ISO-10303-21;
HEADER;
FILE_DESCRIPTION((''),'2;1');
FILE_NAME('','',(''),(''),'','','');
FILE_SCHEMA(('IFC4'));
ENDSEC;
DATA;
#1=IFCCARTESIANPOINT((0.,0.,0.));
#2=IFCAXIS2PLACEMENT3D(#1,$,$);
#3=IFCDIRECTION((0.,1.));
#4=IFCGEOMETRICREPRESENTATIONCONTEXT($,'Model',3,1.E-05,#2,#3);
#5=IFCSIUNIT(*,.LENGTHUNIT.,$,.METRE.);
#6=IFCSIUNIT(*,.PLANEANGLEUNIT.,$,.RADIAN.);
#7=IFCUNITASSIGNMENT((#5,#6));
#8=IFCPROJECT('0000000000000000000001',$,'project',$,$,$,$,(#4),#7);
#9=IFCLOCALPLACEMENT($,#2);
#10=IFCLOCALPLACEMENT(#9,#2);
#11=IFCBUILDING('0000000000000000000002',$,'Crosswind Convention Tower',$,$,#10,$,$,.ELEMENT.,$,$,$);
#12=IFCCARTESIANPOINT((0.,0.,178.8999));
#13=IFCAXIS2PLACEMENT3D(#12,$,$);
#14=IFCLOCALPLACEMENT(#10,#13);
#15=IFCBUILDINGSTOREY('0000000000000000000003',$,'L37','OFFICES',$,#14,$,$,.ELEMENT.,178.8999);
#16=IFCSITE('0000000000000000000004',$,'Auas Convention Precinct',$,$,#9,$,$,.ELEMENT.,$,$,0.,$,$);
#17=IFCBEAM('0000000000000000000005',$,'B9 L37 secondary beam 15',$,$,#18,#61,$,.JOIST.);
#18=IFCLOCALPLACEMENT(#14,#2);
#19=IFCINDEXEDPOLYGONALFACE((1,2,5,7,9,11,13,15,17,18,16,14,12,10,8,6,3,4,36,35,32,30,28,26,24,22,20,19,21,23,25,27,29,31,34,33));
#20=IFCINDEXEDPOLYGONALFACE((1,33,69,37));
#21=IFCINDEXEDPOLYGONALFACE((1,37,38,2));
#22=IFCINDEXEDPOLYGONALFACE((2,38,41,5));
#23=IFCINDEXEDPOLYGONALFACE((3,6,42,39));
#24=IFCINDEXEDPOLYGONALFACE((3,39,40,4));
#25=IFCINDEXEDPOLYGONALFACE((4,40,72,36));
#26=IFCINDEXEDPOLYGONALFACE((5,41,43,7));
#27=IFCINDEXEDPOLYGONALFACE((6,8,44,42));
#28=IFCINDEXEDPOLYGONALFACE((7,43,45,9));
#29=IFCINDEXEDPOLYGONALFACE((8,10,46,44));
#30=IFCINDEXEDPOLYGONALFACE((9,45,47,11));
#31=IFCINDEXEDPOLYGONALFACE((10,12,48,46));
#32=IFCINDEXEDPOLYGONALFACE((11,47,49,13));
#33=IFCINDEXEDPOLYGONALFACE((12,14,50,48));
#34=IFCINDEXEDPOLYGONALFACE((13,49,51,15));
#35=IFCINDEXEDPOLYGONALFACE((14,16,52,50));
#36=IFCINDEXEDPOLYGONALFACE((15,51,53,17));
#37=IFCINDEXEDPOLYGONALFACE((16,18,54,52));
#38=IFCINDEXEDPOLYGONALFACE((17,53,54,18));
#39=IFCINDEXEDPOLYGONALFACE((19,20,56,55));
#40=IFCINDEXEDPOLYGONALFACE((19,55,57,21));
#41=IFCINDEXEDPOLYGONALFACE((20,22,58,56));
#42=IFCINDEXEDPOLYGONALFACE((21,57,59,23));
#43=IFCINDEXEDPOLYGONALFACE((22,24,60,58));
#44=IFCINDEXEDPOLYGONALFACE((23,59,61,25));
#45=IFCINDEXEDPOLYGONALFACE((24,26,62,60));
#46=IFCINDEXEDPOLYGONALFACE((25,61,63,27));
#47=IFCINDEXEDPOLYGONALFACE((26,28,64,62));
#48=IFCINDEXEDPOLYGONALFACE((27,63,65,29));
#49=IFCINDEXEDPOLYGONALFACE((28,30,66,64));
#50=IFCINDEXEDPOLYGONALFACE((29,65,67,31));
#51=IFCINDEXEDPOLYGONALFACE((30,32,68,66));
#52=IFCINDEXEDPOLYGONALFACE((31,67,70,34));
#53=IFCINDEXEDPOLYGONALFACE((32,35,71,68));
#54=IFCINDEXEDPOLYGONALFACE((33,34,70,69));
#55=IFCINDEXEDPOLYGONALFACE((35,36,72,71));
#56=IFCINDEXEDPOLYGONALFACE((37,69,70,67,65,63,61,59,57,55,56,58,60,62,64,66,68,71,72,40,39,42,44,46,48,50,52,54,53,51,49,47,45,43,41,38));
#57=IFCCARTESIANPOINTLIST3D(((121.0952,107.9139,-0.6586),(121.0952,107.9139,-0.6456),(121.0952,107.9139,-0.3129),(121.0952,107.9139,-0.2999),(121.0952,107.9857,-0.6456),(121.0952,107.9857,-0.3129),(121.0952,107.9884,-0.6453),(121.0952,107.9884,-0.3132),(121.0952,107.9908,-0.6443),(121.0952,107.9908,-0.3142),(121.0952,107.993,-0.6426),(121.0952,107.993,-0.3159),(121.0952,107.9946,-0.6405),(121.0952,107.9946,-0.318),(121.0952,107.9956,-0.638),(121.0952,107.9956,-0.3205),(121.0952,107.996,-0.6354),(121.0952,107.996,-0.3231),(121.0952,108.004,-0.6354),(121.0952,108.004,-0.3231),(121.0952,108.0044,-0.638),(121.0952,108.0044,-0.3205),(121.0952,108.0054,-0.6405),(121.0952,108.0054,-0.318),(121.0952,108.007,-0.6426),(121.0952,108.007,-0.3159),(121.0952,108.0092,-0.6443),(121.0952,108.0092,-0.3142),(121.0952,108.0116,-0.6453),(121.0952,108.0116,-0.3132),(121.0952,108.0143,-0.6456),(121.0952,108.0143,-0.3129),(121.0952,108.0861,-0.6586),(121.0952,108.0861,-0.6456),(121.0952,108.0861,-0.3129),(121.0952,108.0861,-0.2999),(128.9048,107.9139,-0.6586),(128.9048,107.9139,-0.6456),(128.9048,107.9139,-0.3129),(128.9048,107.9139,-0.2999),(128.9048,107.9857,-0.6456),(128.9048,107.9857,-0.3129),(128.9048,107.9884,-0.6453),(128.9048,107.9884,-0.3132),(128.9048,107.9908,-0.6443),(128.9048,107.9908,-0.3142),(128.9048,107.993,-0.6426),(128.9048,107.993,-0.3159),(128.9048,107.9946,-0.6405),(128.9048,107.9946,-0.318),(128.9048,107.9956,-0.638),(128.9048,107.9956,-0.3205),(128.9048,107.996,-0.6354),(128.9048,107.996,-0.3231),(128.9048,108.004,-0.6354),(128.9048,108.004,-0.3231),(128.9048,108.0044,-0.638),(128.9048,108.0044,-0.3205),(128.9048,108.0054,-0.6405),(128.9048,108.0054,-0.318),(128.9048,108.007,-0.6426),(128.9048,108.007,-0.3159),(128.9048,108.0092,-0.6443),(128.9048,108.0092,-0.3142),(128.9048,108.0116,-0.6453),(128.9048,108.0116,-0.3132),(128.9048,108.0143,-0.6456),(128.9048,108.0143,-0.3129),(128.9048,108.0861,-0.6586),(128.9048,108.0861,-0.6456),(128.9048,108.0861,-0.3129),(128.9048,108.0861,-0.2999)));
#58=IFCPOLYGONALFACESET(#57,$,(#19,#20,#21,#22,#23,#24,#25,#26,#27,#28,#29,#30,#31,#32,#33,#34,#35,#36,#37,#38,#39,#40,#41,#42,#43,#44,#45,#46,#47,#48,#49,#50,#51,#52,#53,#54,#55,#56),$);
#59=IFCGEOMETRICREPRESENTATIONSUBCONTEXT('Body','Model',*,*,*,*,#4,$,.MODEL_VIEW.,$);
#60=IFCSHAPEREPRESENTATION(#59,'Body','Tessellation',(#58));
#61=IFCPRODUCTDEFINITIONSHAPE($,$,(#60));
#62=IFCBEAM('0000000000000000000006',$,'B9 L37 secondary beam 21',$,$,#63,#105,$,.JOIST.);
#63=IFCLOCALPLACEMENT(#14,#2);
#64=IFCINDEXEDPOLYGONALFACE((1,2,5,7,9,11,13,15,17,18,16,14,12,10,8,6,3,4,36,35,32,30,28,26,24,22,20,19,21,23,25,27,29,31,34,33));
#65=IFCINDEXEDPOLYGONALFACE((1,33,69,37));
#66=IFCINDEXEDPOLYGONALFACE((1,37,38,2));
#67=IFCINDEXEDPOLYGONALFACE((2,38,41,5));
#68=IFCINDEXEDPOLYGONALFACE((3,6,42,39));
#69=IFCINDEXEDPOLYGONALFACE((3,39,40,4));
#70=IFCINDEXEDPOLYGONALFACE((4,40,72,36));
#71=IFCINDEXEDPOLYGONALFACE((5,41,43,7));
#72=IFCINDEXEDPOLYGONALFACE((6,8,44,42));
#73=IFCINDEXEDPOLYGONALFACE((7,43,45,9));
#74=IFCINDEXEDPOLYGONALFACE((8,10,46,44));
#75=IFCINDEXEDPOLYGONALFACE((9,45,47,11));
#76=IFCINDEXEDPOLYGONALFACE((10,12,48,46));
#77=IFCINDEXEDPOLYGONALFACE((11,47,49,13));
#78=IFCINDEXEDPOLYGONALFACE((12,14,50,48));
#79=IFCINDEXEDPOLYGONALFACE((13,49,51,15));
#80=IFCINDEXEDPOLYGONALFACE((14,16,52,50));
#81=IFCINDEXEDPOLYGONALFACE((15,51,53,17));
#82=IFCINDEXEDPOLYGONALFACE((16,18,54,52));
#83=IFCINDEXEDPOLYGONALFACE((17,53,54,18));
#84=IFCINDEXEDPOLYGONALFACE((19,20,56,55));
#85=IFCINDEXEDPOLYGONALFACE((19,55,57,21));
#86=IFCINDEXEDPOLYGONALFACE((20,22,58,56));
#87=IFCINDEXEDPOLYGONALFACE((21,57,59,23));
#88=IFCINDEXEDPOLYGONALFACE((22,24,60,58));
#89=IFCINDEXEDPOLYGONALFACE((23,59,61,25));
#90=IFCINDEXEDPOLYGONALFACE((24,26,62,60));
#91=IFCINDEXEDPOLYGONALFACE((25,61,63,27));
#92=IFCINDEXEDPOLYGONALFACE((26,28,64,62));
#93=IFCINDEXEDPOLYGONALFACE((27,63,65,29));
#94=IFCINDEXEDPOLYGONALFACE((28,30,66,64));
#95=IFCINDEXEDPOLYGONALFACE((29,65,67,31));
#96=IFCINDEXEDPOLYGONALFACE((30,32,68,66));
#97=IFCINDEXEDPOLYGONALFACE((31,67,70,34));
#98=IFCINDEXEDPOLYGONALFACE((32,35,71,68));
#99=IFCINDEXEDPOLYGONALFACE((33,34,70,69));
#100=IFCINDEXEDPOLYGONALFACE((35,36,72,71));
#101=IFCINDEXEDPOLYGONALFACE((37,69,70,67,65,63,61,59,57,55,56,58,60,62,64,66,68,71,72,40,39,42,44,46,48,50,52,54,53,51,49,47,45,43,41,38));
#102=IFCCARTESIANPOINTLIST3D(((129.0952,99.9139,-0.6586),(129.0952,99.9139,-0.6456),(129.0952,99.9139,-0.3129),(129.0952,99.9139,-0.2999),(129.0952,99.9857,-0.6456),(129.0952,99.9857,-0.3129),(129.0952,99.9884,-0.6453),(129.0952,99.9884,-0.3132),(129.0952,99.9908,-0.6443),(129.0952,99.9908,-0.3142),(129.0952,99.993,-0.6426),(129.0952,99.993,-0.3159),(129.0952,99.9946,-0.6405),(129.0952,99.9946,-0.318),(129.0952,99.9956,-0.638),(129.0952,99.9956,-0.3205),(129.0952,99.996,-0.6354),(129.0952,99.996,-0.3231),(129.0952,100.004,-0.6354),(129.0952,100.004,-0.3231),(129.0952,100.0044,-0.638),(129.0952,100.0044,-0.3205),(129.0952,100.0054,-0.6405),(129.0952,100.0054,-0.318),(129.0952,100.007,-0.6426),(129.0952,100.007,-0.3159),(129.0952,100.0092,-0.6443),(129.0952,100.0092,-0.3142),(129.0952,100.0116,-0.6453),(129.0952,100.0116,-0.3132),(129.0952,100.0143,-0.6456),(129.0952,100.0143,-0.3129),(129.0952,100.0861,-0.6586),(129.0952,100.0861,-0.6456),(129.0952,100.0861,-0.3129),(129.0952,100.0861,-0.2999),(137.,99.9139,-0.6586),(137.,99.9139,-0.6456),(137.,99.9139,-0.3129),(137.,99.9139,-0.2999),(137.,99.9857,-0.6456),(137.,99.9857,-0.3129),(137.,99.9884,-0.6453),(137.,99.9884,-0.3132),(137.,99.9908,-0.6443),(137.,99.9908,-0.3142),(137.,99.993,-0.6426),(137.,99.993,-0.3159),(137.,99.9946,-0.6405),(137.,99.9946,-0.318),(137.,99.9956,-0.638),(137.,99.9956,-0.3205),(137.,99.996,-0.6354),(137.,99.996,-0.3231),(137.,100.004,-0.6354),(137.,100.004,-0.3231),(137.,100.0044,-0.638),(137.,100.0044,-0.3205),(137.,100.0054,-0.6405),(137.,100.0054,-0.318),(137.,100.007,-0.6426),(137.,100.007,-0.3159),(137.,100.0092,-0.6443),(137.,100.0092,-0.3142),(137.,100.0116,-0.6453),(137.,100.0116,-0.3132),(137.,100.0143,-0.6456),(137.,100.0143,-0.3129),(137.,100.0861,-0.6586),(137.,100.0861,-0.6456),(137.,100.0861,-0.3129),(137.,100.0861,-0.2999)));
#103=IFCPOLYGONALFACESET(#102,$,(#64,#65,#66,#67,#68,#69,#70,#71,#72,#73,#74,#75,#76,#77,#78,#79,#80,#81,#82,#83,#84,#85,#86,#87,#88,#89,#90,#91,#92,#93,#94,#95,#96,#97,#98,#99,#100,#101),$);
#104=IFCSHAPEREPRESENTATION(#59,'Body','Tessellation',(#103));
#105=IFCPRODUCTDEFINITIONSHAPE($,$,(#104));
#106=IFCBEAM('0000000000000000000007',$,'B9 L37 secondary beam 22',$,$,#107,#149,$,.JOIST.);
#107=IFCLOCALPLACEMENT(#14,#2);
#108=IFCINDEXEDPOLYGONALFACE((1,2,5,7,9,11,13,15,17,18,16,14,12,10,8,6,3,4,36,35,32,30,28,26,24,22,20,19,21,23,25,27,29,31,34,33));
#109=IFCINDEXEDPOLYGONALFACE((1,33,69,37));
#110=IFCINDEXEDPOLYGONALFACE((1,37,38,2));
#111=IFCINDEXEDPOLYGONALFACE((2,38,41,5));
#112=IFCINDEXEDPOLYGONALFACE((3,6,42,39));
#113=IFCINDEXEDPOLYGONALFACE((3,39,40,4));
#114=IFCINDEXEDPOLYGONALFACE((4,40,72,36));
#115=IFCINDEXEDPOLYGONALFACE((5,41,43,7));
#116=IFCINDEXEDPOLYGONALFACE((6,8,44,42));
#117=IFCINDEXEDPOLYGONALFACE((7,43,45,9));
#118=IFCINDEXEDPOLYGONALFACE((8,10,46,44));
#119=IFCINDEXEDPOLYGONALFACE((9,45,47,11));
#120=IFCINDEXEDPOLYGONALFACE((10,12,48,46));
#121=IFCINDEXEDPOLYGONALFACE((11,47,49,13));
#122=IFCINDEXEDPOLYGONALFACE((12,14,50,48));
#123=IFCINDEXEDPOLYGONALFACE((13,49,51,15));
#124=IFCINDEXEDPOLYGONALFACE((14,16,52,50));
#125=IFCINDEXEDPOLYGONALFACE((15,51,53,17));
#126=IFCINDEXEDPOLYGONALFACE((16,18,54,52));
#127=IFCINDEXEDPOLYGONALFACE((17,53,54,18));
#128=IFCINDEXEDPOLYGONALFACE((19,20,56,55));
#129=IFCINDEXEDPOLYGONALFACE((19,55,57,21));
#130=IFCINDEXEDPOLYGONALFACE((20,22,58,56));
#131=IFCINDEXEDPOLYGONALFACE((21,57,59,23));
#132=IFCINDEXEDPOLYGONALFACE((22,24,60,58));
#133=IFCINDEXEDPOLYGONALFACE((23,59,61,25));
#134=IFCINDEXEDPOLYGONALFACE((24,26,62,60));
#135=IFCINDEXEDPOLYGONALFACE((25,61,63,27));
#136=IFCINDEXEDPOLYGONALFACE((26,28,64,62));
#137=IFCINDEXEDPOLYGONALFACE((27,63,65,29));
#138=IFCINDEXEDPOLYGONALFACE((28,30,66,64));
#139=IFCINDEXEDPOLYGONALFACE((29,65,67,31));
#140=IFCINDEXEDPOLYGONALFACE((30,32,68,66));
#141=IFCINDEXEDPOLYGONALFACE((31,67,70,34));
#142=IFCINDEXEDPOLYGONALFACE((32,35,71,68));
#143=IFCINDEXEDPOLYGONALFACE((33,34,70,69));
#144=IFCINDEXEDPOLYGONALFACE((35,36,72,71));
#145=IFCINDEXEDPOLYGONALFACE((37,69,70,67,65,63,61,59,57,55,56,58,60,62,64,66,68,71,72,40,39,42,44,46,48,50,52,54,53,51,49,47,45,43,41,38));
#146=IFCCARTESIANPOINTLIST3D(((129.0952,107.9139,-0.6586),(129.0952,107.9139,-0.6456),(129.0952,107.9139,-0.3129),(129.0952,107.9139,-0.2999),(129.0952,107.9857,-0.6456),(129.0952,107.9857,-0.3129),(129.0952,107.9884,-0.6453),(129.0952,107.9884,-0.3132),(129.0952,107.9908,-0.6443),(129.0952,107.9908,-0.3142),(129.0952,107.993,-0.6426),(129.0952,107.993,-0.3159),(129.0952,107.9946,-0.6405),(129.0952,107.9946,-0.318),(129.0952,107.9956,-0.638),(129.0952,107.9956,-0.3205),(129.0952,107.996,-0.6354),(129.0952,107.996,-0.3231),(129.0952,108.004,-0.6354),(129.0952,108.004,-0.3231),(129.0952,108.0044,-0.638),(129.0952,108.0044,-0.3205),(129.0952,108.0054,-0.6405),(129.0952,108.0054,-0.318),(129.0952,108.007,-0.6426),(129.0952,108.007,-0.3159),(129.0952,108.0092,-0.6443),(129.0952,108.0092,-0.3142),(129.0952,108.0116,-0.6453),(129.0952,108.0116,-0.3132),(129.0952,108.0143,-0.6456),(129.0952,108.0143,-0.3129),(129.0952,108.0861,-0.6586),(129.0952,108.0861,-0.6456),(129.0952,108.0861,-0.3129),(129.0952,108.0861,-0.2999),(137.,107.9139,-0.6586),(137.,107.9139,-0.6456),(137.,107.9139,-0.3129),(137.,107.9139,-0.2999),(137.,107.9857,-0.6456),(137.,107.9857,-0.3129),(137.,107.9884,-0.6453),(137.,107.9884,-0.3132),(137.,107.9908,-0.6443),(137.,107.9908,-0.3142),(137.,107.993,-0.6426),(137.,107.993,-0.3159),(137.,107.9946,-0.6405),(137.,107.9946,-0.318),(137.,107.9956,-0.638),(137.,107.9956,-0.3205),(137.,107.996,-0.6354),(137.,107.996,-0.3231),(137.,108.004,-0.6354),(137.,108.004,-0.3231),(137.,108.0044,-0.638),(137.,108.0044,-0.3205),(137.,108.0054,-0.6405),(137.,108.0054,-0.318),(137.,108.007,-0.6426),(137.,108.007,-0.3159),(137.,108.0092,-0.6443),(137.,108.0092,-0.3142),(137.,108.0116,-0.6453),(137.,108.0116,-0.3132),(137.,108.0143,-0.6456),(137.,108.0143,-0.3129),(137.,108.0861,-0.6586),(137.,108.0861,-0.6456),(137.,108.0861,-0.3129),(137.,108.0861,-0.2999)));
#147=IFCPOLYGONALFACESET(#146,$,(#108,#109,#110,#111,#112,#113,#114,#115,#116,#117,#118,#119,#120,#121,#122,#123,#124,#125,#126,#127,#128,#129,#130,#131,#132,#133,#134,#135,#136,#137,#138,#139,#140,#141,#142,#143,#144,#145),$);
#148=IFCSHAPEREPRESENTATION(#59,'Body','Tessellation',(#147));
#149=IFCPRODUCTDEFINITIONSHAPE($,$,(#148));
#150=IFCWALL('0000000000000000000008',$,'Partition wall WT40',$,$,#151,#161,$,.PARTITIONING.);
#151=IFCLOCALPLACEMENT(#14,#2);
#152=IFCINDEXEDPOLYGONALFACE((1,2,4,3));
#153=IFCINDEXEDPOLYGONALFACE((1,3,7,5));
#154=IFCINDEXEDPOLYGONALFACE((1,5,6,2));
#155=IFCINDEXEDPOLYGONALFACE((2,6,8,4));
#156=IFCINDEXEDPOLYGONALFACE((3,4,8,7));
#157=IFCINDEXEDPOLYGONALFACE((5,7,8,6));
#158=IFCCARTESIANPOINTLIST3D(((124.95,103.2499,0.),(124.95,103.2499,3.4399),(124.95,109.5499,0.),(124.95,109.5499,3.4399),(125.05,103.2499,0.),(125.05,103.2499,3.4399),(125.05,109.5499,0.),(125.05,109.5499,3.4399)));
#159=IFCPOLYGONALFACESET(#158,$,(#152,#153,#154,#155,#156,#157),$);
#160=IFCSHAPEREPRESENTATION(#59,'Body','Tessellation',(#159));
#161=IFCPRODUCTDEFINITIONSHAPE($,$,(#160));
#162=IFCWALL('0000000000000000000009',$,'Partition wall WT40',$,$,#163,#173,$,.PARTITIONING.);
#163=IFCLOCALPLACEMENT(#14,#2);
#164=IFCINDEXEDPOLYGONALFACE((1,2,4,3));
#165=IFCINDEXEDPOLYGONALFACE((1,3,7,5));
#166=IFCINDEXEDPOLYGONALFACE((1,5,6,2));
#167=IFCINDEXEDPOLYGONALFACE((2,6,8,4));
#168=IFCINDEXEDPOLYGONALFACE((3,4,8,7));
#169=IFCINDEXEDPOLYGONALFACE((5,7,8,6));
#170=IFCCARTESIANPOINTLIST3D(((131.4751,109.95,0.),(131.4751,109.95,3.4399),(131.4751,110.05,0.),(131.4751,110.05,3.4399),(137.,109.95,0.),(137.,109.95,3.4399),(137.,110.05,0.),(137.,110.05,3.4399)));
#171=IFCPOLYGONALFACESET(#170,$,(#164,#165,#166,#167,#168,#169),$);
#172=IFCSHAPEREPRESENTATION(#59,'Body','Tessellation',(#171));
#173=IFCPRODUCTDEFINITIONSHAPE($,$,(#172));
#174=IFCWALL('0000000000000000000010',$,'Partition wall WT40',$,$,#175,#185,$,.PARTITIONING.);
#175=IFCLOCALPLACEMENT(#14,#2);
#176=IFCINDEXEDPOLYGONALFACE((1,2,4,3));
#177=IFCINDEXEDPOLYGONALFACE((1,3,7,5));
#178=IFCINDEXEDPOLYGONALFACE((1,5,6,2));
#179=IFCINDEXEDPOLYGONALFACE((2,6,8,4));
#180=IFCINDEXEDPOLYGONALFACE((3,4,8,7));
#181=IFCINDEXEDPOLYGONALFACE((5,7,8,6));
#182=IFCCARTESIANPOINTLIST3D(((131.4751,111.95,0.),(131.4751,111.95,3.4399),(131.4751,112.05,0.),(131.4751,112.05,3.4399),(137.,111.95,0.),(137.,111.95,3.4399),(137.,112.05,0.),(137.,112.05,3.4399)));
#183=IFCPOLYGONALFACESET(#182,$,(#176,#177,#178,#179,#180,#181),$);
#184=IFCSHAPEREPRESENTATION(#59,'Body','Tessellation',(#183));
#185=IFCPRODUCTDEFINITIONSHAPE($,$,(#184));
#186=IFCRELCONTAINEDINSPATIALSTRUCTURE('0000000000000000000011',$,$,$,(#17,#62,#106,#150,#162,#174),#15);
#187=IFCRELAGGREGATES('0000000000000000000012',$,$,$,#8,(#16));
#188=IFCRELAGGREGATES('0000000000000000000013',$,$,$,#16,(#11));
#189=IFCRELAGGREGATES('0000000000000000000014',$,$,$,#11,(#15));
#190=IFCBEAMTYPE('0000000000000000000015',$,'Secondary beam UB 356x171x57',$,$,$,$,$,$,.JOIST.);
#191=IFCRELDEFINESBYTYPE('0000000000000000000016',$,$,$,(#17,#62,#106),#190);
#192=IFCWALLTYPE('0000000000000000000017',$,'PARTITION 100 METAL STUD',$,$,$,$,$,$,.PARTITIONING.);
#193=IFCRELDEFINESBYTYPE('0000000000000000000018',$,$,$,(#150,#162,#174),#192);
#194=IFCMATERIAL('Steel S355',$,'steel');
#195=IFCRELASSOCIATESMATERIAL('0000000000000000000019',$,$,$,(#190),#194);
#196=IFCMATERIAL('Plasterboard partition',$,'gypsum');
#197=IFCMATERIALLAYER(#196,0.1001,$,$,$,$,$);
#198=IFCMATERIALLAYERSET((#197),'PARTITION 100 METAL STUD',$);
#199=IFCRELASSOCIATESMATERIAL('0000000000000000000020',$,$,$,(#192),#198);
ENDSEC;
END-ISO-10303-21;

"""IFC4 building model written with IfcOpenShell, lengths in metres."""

from ifc_helpers import new_model, si_unit, direction, frame, frame_2d, origin, origin_2d, place, context, subcontext, project, spatial, rectangle, i_section, extrude, material, layer, layer_set, material_profile, profile_set, type_object, element, save


model = new_model("IFC4")

# Units and contexts
model_context = context("Model", 3, precision=1e-05, world=origin(), true_north=direction((0.0, 1.0)))
body_context = subcontext(model_context, "Body", "Model", "MODEL_VIEW")
ifc_project = project(units=[si_unit("LENGTHUNIT", "METRE"), si_unit("PLANEANGLEUNIT", "RADIAN")], contexts=[model_context])

# Site, building, storey
site_placement = place(None, origin())
site = spatial("IfcSite", under=ifc_project, at=site_placement, Name="Auas Convention Precinct", CompositionType="ELEMENT", RefElevation=0.0)
building_placement = place(site_placement, origin())
building = spatial("IfcBuilding", under=site, at=building_placement, Name="Crosswind Convention Tower", CompositionType="ELEMENT")
storey_placement = place(building_placement, frame((0.0, 0.0, 178.8999)))
storey = spatial("IfcBuildingStorey", under=building, at=storey_placement, Name="L37", Description="OFFICES", CompositionType="ELEMENT", Elevation=178.8999)

# Beams
ifc_material_1 = material(Name="Steel S355", Category="steel")
ifc_material_profile_1 = material_profile(ifc_material_1, i_section(OverallWidth=0.1721, OverallDepth=0.3586, WebThickness=0.0081, FlangeThickness=0.0129, FilletRadius=0.0103, at=origin_2d()), Name="UB 356x171x57")
ifc_profile_set_1 = profile_set([ifc_material_profile_1], Name="Steel S355")
beam_type_1 = type_object("IfcBeamType", Name="Secondary beam UB 356x171x57", PredefinedType="JOIST", material=ifc_profile_set_1)
beam_1_placement = place(storey_placement, frame((121.0952, 108.0, -0.4792), z_axis=(1.0, 0.0, 0.0), x_axis=(0.0, 1.0, 0.0)))
element("IfcBeam", 1, at=beam_1_placement, inside=storey, type_object=beam_type_1, Name="B9 L37 secondary beam 15", PredefinedType="JOIST", context=body_context, shape_type="SweptSolid", body=[
    extrude(i_section(OverallWidth=0.1721, OverallDepth=0.3586, WebThickness=0.0081, FlangeThickness=0.0129, FilletRadius=0.0103, at=origin_2d()), origin(), (0.0, 0.0, 1.0), 7.8096),
])
for number, where, z_axis, x_axis, name in (
    (2, (129.0952, 100.0, -0.4792), (1.0, 0.0, 0.0), (0.0, 1.0, 0.0), "B9 L37 secondary beam 21"),
    (3, (129.0952, 108.0, -0.4792), (1.0, 0.0, 0.0), (0.0, 1.0, 0.0), "B9 L37 secondary beam 22"),
):
    element("IfcBeam", number, at=place(storey_placement, frame(where, z_axis=z_axis, x_axis=x_axis)), inside=storey, type_object=beam_type_1, Name=name, PredefinedType="JOIST", context=body_context, shape_type="SweptSolid", body=[
        extrude(i_section(OverallWidth=0.1721, OverallDepth=0.3586, WebThickness=0.0081, FlangeThickness=0.0129, FilletRadius=0.0103, at=origin_2d()), origin(), (0.0, 0.0, 1.0), 7.9048),
    ])

# Walls
ifc_material_2 = material(Name="Plasterboard partition", Category="gypsum")
ifc_layer_1 = layer(ifc_material_2, 0.1001)
ifc_layer_set_1 = layer_set([ifc_layer_1], Name="PARTITION 100 METAL STUD")
wall_type_1 = type_object("IfcWallType", Name="PARTITION 100 METAL STUD", PredefinedType="PARTITIONING", material=ifc_layer_set_1)
wall_1_placement = place(storey_placement, frame((125.0, 103.25, 0.0), z_axis=(0.0, 0.0, 1.0), x_axis=(0.0, 1.0, 0.0)))
element("IfcWall", 4, at=wall_1_placement, inside=storey, type_object=wall_type_1, Name="Partition wall WT40", PredefinedType="PARTITIONING", context=body_context, shape_type="SweptSolid", body=[
    extrude(rectangle(XDim=6.3, YDim=0.1001, at=frame_2d((3.1499, 0.0))), origin(), (0.0, 0.0, 1.0), 3.4399),
])
for number, where, z_axis, x_axis, name in (
    (5, (131.4751, 110.0, 0.0), (0.0, 0.0, 1.0), (1.0, 0.0, 0.0), "Partition wall WT40"),
    (6, (131.4751, 112.0, 0.0), (0.0, 0.0, 1.0), (1.0, 0.0, 0.0), "Partition wall WT40"),
):
    element("IfcWall", number, at=place(storey_placement, frame(where, z_axis=z_axis, x_axis=x_axis)), inside=storey, type_object=wall_type_1, Name=name, PredefinedType="PARTITIONING", context=body_context, shape_type="SweptSolid", body=[
        extrude(rectangle(XDim=5.5249, YDim=0.1001, at=frame_2d((2.7625, 0.0))), origin(), (0.0, 0.0, 1.0), 3.4399),
    ])

save(model, "model.ifc")
